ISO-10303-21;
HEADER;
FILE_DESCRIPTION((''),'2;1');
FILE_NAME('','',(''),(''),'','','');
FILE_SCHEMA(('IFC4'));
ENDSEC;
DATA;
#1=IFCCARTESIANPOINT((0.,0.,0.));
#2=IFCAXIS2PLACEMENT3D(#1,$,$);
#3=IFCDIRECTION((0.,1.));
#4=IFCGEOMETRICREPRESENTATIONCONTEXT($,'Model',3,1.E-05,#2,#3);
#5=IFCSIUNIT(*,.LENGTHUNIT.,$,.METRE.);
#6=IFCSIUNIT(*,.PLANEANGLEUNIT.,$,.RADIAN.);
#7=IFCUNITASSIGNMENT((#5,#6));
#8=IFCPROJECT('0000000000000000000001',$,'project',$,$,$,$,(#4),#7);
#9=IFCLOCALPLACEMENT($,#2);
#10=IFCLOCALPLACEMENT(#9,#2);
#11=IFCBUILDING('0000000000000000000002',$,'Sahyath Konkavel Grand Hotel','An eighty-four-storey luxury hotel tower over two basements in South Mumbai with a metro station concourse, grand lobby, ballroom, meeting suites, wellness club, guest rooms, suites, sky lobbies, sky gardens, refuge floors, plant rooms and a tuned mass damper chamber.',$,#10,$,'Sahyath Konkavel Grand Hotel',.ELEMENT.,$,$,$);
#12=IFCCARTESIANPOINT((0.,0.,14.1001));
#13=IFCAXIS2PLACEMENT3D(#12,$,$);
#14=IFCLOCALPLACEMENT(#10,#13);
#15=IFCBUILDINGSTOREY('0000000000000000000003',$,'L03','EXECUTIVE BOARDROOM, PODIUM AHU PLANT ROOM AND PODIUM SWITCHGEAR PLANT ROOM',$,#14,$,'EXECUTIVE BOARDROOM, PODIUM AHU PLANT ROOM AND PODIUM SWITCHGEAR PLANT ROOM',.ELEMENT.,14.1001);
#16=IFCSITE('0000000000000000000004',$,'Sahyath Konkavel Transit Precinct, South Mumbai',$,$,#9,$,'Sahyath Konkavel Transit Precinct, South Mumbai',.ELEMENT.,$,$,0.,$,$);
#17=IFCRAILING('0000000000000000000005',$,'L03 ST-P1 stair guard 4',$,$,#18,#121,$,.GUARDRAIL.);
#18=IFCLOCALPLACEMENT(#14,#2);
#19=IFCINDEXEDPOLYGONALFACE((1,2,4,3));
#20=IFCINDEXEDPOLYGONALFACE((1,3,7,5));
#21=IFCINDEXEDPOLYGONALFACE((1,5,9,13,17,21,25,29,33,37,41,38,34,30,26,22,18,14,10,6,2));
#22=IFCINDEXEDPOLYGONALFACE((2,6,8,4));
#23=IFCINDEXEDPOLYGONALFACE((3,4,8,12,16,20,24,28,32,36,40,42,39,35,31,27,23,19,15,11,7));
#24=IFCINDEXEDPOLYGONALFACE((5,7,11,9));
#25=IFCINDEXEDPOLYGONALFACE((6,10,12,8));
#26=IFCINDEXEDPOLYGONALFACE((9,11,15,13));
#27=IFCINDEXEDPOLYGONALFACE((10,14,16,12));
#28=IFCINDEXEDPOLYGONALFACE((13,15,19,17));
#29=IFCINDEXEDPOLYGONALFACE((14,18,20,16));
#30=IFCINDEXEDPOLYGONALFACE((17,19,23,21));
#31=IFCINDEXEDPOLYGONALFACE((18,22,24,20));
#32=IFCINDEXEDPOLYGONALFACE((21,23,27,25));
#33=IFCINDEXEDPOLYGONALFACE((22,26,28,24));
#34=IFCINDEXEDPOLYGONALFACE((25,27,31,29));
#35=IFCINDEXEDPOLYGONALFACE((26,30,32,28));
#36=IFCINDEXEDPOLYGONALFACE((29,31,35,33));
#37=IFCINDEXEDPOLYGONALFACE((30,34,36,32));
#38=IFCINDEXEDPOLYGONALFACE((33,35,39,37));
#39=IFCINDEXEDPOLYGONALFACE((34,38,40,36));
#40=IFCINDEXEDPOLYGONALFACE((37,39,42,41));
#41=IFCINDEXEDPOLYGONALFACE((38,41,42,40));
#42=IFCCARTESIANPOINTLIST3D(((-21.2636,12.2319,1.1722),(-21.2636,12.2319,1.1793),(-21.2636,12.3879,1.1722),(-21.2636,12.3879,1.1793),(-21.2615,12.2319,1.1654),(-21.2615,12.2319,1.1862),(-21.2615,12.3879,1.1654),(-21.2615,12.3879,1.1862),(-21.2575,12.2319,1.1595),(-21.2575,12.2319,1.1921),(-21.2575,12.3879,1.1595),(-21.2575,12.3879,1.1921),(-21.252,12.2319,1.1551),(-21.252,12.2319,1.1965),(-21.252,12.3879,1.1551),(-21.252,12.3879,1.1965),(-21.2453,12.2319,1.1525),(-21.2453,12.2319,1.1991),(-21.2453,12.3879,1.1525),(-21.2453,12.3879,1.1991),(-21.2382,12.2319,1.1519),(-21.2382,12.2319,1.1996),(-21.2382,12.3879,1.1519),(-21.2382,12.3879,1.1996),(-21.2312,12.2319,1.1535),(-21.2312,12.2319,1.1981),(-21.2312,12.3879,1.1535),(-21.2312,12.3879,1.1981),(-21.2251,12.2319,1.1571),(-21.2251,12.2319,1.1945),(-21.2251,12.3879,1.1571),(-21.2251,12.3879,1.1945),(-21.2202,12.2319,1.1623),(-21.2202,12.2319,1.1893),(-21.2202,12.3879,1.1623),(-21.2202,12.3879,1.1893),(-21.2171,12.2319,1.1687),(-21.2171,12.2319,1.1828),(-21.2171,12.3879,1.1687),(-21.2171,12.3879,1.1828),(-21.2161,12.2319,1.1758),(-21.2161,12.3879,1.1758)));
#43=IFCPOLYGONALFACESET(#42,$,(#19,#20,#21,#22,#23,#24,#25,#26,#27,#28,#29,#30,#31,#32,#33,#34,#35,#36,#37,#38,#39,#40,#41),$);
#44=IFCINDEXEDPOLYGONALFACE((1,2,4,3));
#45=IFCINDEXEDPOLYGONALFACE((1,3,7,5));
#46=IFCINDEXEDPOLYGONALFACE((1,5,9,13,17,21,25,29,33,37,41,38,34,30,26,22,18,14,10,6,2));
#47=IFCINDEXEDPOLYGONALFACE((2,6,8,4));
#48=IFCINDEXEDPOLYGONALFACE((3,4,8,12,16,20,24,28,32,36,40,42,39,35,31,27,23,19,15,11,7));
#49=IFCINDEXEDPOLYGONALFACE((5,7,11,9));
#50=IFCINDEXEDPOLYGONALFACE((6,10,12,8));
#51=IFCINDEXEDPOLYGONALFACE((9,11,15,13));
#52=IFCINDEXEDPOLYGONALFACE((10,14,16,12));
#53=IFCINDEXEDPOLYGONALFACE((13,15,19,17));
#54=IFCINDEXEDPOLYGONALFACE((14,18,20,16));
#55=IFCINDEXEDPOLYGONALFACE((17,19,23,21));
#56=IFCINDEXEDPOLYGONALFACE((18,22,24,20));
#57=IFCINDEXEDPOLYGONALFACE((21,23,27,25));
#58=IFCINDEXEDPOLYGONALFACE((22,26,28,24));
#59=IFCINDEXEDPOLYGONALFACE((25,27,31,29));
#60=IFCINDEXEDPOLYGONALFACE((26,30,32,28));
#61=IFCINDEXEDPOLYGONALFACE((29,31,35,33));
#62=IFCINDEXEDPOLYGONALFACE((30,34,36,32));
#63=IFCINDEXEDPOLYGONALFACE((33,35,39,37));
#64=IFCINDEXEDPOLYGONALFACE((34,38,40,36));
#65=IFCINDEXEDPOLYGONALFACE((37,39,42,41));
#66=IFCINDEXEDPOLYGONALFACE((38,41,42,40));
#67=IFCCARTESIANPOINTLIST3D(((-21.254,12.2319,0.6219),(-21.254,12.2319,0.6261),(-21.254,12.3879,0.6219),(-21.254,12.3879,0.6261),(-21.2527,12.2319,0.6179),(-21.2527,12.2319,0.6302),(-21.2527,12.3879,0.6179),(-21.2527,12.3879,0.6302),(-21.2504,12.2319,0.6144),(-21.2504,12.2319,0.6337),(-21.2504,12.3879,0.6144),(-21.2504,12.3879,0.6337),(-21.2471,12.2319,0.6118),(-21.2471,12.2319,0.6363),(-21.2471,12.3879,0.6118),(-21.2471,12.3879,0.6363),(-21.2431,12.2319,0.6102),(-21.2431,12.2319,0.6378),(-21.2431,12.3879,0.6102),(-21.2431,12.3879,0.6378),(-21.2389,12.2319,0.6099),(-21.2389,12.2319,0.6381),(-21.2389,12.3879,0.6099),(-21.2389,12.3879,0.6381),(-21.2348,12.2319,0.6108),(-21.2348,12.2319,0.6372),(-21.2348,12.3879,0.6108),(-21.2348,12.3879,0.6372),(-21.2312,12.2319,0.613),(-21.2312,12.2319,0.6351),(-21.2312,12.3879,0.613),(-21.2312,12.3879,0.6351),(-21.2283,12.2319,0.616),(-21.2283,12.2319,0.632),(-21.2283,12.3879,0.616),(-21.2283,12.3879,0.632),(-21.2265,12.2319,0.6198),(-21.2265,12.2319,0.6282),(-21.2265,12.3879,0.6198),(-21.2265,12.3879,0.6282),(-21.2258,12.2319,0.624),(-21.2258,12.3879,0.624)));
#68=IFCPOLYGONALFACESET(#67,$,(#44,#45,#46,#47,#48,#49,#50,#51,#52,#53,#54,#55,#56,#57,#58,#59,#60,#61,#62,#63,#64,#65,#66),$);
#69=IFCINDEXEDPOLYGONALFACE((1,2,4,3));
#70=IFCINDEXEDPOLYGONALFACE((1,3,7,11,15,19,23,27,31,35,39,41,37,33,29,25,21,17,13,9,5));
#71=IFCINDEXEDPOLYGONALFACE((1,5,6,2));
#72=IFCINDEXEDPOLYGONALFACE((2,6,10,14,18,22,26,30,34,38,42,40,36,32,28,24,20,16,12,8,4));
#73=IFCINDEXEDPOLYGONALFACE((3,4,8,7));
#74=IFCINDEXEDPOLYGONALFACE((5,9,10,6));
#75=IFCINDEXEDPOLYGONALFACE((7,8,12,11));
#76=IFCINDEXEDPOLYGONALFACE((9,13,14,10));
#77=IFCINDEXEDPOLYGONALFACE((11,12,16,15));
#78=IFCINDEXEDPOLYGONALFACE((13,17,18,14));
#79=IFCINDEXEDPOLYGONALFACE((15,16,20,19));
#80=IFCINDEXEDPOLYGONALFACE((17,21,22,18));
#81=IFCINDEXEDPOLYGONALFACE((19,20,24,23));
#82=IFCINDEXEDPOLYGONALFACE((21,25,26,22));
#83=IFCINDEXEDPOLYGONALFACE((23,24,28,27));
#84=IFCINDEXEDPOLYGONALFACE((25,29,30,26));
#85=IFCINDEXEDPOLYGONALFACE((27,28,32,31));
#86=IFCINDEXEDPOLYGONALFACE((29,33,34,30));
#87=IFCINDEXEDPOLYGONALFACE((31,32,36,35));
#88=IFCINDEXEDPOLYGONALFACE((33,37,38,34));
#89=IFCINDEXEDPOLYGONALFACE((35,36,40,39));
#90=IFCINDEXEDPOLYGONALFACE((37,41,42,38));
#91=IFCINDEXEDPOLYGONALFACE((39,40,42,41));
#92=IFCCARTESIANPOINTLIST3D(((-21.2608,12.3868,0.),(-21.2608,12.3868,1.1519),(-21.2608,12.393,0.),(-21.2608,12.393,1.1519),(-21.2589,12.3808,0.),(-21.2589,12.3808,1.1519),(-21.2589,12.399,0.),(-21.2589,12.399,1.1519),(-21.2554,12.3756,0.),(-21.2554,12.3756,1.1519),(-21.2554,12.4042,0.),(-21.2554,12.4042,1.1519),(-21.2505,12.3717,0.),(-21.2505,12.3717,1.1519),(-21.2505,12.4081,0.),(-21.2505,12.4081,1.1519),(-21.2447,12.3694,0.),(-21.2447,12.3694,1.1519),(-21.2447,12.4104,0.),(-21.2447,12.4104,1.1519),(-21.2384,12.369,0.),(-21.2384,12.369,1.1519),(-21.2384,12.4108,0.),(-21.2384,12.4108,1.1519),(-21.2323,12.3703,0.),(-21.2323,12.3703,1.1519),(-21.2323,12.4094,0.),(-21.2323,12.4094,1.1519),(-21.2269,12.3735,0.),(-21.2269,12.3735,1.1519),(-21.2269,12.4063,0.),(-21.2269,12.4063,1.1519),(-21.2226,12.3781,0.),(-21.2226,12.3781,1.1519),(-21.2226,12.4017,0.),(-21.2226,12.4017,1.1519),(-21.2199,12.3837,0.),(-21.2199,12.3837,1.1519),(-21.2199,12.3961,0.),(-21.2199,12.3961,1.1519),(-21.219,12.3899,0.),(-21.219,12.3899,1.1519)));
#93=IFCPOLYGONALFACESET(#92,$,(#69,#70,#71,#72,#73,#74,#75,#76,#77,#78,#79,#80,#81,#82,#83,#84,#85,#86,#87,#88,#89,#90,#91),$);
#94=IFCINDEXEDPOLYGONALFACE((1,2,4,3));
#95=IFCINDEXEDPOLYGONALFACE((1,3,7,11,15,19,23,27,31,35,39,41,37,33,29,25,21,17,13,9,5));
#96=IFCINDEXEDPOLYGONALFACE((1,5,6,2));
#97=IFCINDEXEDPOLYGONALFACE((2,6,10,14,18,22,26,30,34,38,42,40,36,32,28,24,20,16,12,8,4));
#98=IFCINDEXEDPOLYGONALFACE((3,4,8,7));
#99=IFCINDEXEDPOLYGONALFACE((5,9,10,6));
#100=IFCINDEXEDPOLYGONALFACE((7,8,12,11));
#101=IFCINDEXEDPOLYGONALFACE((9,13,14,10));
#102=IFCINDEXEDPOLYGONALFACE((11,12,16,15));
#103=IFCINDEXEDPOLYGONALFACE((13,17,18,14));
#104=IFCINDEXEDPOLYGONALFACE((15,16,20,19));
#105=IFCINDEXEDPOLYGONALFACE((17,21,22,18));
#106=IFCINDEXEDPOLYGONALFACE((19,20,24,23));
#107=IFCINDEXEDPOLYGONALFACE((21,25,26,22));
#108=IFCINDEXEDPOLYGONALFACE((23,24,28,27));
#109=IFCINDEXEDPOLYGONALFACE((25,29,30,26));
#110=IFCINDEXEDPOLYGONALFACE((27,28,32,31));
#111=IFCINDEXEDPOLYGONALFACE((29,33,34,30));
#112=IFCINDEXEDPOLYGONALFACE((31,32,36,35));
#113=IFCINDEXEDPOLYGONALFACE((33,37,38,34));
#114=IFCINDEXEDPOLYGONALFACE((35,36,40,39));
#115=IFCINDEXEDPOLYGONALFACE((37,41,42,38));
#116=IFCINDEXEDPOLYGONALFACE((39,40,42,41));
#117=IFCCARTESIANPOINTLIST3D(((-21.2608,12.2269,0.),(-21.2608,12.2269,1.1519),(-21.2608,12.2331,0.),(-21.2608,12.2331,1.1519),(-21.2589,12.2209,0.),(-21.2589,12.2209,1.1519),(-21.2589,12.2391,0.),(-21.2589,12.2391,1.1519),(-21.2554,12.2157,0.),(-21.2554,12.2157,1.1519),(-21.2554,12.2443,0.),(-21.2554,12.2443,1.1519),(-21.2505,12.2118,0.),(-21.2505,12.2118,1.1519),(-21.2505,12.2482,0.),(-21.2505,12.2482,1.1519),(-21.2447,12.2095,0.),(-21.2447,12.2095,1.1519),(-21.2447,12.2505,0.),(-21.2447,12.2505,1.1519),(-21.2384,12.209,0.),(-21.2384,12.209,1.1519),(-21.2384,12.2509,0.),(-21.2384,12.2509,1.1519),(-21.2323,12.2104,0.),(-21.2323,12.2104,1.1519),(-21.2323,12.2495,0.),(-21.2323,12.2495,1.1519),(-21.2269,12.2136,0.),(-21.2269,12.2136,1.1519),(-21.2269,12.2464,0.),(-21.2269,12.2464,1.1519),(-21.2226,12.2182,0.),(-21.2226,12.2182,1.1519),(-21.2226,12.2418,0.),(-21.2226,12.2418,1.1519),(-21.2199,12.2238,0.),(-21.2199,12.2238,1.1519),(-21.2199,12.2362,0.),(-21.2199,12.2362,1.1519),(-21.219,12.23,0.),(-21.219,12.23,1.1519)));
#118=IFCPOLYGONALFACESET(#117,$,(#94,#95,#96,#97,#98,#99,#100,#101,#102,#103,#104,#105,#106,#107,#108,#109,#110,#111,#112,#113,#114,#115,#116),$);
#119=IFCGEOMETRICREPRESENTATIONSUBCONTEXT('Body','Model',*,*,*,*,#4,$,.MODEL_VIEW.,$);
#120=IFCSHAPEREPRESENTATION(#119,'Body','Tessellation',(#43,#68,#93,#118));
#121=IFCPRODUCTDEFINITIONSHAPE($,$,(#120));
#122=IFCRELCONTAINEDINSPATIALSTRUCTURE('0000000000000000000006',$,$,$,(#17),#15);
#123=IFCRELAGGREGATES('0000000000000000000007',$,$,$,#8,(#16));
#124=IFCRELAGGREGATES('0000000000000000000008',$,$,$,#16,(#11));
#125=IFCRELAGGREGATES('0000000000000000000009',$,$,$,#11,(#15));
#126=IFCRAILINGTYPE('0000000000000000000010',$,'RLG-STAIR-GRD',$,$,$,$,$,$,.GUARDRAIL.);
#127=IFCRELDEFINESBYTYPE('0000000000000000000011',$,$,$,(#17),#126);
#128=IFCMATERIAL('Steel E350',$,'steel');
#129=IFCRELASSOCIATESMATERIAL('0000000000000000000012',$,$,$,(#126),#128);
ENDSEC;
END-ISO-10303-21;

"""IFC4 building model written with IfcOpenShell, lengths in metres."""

from ifc_helpers import new_model, si_unit, direction, frame, origin, origin_2d, place, context, subcontext, project, spatial, circle, extrude, material, type_object, element, save


model = new_model("IFC4")

# Units and contexts
model_context = context("Model", 3, precision=1e-05, world=origin(), true_north=direction((0.0, 1.0)))
body_context = subcontext(model_context, "Body", "Model", "MODEL_VIEW")
ifc_project = project(units=[si_unit("LENGTHUNIT", "METRE"), si_unit("PLANEANGLEUNIT", "RADIAN")], contexts=[model_context])

# Site, building, storey
site_placement = place(None, origin())
site = spatial("IfcSite", under=ifc_project, at=site_placement, Name="Sahyath Konkavel Transit Precinct, South Mumbai", LongName="Sahyath Konkavel Transit Precinct, South Mumbai", CompositionType="ELEMENT", RefElevation=0.0)
building_placement = place(site_placement, origin())
building = spatial("IfcBuilding", under=site, at=building_placement, Name="Sahyath Konkavel Grand Hotel", Description="An eighty-four-storey luxury hotel tower over two basements in South Mumbai with a metro station concourse, grand lobby, ballroom, meeting suites, wellness club, guest rooms, suites, sky lobbies, sky gardens, refuge floors, plant rooms and a tuned mass damper chamber.", LongName="Sahyath Konkavel Grand Hotel", CompositionType="ELEMENT")
storey_placement = place(building_placement, frame((0.0, 0.0, 14.1001)))
storey = spatial("IfcBuildingStorey", under=building, at=storey_placement, Name="L03", Description="EXECUTIVE BOARDROOM, PODIUM AHU PLANT ROOM AND PODIUM SWITCHGEAR PLANT ROOM", LongName="EXECUTIVE BOARDROOM, PODIUM AHU PLANT ROOM AND PODIUM SWITCHGEAR PLANT ROOM", CompositionType="ELEMENT", Elevation=14.1001)

# Shared definitions
ifc_material_1 = material(Name="Steel E350", Category="steel")

# Railing
railing_type_1 = type_object("IfcRailingType", Name="RLG-STAIR-GRD", PredefinedType="GUARDRAIL", material=ifc_material_1)
railing_1_placement = place(storey_placement, frame((-21.24, 12.3899, 0.0)))
element("IfcRailing", 1, at=railing_1_placement, inside=storey, type_object=railing_type_1, Name="L03 ST-P1 stair guard 4", PredefinedType="GUARDRAIL", context=body_context, shape_type="SweptSolid", body=[
    extrude(circle(Radius=0.0239, at=origin_2d()), frame((0.0, -0.002, 1.1758), z_axis=(0.0, -1.0, 0.0), x_axis=(1.0, 0.0, 0.0)), (0.0, 0.0, 1.0), 0.156),
    extrude(circle(Radius=0.0142, at=origin_2d()), frame((0.0, -0.002, 0.624), z_axis=(0.0, -1.0, 0.0), x_axis=(1.0, 0.0, 0.0)), (0.0, 0.0, 1.0), 0.156),
    extrude(circle(Radius=0.021, at=origin_2d()), origin(), (0.0, 0.0, 1.0), 1.1519),
    extrude(circle(Radius=0.021, at=origin_2d()), frame((0.0, -0.1599, 0.0)), (0.0, 0.0, 1.0), 1.1519),
])

save(model, "model.ifc")
